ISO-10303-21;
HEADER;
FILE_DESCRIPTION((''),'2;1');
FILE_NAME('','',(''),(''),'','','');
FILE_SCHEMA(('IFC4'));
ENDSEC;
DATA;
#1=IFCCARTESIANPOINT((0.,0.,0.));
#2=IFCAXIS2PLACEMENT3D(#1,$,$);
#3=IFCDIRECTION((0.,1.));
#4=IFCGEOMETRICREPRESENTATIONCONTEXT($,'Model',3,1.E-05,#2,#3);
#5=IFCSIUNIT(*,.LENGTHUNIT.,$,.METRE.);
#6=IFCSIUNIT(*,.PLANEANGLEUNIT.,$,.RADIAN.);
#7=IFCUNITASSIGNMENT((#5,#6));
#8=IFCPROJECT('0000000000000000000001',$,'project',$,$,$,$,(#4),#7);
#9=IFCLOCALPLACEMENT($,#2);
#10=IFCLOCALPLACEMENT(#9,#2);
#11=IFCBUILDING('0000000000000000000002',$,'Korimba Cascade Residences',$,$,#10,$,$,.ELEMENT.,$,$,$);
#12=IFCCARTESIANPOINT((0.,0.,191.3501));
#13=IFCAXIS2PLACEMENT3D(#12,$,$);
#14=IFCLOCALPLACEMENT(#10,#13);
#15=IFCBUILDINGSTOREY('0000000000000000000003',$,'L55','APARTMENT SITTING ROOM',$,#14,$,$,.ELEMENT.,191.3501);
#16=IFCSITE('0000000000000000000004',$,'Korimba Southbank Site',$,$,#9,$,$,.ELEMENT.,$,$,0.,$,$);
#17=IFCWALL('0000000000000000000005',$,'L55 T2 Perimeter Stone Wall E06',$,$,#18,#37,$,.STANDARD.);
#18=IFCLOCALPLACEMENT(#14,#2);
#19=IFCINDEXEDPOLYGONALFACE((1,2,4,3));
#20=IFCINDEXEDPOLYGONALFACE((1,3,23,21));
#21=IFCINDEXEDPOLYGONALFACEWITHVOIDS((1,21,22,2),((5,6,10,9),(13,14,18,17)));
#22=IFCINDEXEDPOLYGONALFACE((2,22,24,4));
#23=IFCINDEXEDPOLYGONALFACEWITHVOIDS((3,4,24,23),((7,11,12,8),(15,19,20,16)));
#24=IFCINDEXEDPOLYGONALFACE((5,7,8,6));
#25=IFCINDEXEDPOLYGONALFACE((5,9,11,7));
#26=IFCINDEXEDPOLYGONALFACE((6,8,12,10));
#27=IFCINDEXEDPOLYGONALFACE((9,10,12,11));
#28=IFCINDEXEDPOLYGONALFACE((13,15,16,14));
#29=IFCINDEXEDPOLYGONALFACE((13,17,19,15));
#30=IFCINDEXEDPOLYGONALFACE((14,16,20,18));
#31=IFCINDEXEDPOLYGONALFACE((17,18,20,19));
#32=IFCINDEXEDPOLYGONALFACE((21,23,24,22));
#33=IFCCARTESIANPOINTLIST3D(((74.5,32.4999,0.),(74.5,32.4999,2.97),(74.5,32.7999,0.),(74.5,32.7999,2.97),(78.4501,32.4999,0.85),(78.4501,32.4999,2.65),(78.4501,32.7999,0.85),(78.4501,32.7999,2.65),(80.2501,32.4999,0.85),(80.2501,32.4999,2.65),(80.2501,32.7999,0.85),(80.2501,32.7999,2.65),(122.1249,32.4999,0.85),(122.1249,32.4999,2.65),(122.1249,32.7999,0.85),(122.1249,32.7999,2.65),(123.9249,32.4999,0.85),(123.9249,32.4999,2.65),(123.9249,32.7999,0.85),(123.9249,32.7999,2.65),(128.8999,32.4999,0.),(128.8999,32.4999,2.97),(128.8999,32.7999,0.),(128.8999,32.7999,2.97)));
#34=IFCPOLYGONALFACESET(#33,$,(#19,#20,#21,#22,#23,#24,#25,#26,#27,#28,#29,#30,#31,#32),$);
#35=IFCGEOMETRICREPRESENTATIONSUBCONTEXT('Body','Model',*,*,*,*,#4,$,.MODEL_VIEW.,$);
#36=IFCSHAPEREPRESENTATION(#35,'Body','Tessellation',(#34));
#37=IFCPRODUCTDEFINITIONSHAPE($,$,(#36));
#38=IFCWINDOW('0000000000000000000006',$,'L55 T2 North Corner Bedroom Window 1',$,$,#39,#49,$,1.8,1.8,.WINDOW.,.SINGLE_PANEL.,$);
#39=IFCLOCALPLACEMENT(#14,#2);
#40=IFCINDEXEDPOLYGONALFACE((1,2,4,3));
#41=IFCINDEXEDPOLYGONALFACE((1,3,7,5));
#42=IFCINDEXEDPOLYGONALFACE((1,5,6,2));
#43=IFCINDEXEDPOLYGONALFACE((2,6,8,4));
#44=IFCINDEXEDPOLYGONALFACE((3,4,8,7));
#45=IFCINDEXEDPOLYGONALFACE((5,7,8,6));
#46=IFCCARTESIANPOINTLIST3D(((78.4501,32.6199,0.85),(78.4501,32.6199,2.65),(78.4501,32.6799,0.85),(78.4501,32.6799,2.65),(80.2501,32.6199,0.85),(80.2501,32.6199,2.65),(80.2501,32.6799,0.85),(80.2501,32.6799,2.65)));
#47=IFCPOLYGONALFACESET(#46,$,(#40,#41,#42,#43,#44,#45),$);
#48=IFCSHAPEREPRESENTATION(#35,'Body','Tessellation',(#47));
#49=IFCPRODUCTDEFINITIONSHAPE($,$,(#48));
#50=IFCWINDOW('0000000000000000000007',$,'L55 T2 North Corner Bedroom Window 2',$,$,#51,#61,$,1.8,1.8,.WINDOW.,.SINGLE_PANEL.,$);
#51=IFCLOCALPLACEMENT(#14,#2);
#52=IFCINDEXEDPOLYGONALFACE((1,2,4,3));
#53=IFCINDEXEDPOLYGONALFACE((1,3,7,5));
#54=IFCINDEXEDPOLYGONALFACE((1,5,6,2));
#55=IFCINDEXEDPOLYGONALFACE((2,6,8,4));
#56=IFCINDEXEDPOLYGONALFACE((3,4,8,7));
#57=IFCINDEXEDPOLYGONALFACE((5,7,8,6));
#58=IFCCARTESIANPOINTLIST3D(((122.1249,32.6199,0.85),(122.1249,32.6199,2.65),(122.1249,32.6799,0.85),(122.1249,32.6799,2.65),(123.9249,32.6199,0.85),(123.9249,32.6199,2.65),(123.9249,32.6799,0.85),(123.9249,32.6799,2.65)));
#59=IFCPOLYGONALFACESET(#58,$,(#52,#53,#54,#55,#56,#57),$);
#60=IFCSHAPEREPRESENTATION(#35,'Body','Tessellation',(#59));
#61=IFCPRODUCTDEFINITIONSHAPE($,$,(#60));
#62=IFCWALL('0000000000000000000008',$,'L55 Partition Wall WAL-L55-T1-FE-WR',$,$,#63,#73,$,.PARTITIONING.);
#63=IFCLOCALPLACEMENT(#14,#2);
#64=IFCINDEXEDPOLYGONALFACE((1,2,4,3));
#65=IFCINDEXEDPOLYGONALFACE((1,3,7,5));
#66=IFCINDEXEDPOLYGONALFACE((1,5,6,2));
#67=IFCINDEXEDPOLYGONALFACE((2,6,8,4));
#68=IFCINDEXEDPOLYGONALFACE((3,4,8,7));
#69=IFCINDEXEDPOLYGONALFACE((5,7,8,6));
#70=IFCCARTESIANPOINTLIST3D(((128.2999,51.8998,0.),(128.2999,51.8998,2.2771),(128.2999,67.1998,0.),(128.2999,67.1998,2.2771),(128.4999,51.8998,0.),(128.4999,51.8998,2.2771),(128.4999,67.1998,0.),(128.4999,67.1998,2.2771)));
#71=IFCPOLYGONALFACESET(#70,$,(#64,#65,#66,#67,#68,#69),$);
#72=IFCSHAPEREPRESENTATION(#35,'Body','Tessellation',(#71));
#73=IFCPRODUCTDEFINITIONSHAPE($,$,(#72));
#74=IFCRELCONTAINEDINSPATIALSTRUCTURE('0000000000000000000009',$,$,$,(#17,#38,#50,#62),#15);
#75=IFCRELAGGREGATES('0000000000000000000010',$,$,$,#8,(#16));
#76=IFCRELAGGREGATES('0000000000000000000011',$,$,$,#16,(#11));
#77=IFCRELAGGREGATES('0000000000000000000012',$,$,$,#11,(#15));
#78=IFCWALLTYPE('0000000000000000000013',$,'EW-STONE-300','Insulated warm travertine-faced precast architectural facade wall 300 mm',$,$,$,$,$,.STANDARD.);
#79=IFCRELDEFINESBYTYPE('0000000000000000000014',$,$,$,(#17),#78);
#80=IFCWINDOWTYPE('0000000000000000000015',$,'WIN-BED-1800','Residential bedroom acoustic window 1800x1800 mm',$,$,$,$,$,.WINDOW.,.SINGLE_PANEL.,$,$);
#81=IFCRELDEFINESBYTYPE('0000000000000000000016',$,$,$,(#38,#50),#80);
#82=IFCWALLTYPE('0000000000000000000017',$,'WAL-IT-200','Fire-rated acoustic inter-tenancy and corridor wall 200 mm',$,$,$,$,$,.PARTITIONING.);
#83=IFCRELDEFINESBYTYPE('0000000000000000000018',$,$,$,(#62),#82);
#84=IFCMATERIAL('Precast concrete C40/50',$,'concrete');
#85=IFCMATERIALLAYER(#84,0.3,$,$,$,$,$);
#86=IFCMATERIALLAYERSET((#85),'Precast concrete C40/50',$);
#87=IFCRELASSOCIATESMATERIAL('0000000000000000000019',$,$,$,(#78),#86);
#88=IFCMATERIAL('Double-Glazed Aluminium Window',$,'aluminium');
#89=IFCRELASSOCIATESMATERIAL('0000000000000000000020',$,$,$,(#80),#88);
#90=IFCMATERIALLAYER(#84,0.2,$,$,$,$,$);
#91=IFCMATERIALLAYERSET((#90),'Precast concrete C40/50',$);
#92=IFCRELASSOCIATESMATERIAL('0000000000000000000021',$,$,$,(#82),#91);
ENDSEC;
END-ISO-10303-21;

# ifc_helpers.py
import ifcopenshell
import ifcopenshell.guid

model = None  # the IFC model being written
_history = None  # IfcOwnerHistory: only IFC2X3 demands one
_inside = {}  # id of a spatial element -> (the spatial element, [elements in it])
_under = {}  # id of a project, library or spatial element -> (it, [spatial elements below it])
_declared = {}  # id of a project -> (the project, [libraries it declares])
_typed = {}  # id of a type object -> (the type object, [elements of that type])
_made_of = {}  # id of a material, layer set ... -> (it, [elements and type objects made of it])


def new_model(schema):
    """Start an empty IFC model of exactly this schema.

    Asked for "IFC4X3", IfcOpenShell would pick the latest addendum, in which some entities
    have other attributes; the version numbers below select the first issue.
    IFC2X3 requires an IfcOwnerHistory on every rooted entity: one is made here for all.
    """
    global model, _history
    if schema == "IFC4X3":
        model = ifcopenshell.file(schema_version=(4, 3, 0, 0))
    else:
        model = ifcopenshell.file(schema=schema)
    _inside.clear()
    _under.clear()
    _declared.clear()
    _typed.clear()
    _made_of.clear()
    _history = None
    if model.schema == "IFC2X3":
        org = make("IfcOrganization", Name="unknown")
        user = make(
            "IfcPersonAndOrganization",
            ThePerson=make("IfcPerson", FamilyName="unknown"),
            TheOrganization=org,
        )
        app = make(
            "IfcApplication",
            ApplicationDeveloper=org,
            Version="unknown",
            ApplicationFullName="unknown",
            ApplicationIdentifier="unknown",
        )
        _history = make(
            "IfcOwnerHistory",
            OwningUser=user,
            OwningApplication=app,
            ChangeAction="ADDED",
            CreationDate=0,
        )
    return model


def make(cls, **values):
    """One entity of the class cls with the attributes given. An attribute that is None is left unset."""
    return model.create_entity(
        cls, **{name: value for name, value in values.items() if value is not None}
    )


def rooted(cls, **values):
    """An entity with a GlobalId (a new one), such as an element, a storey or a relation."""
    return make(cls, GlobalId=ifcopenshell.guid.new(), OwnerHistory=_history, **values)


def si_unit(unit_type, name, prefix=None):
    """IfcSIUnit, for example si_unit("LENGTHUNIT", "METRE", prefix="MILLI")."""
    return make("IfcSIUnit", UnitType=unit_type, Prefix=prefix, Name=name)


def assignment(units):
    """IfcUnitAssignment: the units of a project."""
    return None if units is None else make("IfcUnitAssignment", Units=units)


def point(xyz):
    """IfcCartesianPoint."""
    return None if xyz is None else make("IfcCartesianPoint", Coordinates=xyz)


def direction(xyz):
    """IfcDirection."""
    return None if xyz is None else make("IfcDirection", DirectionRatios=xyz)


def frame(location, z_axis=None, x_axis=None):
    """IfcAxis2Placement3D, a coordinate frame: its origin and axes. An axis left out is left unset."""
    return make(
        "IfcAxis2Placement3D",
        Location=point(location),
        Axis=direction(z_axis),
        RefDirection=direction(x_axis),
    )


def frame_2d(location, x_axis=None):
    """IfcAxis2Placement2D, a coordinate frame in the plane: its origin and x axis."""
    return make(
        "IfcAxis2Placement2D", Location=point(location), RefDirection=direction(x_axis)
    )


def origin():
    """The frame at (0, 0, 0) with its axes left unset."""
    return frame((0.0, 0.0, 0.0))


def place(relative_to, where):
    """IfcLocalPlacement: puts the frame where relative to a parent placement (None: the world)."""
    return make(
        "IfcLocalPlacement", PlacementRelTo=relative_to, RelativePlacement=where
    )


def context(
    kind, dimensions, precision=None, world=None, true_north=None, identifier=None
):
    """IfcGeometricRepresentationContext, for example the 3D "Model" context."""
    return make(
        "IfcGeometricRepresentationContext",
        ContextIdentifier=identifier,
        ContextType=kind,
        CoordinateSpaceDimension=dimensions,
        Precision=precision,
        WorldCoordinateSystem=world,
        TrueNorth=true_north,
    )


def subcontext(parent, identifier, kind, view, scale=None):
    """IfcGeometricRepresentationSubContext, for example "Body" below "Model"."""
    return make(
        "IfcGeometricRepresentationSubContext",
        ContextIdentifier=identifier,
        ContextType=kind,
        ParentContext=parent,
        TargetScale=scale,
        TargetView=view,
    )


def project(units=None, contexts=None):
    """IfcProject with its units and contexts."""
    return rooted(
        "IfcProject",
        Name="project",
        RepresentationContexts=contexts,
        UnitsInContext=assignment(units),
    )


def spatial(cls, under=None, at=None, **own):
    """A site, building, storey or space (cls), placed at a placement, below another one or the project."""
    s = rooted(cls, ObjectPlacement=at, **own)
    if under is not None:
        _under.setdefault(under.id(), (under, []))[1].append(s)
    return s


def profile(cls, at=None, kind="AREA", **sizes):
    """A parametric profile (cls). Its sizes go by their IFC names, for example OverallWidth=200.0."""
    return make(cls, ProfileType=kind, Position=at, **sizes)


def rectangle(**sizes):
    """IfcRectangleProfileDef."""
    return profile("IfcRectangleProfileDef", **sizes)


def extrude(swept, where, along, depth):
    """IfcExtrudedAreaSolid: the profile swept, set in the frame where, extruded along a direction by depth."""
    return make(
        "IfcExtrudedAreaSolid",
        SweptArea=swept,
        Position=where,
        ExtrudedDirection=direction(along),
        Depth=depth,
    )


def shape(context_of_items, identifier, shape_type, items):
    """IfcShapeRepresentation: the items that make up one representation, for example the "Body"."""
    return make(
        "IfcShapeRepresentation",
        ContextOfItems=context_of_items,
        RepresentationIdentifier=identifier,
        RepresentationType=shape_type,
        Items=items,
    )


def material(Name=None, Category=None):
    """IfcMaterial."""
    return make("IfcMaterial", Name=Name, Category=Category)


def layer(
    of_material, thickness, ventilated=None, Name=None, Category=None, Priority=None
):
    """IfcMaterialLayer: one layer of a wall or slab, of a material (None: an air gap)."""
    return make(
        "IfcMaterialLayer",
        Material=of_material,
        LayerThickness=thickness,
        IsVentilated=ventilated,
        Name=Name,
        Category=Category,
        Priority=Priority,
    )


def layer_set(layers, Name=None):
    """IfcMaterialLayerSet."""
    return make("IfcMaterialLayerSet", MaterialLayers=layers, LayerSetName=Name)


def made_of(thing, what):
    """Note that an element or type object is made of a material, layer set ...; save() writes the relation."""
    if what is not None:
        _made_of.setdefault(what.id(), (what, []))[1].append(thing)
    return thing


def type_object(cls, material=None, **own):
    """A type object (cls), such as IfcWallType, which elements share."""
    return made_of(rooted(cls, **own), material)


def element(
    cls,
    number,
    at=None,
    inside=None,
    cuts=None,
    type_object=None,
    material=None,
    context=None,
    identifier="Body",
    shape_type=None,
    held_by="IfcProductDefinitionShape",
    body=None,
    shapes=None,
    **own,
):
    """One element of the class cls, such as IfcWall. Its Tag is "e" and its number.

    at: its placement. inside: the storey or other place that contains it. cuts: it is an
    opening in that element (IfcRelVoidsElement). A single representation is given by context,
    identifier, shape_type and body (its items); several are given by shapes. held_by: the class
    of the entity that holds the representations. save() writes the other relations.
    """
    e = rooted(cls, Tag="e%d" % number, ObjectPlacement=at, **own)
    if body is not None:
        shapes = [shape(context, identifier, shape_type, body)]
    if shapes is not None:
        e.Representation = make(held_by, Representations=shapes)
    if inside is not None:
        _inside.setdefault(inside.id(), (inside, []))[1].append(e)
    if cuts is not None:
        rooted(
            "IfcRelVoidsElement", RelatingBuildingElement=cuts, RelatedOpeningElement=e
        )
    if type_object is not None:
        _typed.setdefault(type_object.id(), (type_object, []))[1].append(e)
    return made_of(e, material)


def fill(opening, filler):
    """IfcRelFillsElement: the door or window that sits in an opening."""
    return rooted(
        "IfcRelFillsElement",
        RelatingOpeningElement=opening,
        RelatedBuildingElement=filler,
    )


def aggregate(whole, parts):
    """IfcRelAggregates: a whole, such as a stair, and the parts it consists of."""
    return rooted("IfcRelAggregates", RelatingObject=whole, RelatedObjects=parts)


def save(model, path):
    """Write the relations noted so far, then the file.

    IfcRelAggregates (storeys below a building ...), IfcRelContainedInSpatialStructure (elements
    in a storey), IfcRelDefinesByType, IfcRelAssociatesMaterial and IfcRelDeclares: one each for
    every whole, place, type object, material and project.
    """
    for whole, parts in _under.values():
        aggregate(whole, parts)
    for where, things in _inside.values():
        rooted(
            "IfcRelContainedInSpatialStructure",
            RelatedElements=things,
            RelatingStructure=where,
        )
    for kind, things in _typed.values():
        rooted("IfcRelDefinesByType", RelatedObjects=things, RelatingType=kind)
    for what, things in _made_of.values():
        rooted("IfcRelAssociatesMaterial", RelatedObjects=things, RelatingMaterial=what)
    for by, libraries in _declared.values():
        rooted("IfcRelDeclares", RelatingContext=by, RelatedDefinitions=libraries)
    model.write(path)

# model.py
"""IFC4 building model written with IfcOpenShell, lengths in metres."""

from ifc_helpers import new_model, si_unit, direction, frame, frame_2d, origin, place, context, subcontext, project, spatial, rectangle, extrude, material, layer, layer_set, type_object, element, fill, save


model = new_model("IFC4")

# Units and contexts
model_context = context("Model", 3, precision=1e-05, world=origin(), true_north=direction((0.0, 1.0)))
body_context = subcontext(model_context, "Body", "Model", "MODEL_VIEW")
ifc_project = project(units=[si_unit("LENGTHUNIT", "METRE"), si_unit("PLANEANGLEUNIT", "RADIAN")], contexts=[model_context])

# Site, building, storey
site_placement = place(None, origin())
site = spatial("IfcSite", under=ifc_project, at=site_placement, Name="Korimba Southbank Site", CompositionType="ELEMENT", RefElevation=0.0)
building_placement = place(site_placement, origin())
building = spatial("IfcBuilding", under=site, at=building_placement, Name="Korimba Cascade Residences", CompositionType="ELEMENT")
storey_placement = place(building_placement, frame((0.0, 0.0, 191.3501)))
storey = spatial("IfcBuildingStorey", under=building, at=storey_placement, Name="L55", Description="APARTMENT SITTING ROOM", CompositionType="ELEMENT", Elevation=191.3501)

# Shared definitions
ifc_material_1 = material(Name="Precast concrete C40/50", Category="concrete")
ifc_layer_1 = layer(ifc_material_1, 0.3)
ifc_layer_set_1 = layer_set([ifc_layer_1], Name="Precast concrete C40/50")
wall_type_1 = type_object("IfcWallType", Name="EW-STONE-300", Description="Insulated warm travertine-faced precast architectural facade wall 300 mm", PredefinedType="STANDARD", material=ifc_layer_set_1)

# Wall, openings, windows
ifc_material_2 = material(Name="Double-Glazed Aluminium Window", Category="aluminium")
wall_1_placement = place(storey_placement, frame((128.8999, 32.6499, 0.0), z_axis=(0.0, 0.0, 1.0), x_axis=(-1.0, 0.0, 0.0)))
wall_1 = element("IfcWall", 1, at=wall_1_placement, inside=storey, type_object=wall_type_1, Name="L55 T2 Perimeter Stone Wall E06", PredefinedType="STANDARD", context=body_context, shape_type="SweptSolid", body=[
    extrude(rectangle(XDim=54.3999, YDim=0.3, at=frame_2d((27.2, 0.0))), origin(), (0.0, 0.0, 1.0), 2.97),
])
opening_1_placement = place(wall_1_placement, frame((48.6499, 0.0, 0.8501)))
opening_1 = element("IfcOpeningElement", 2, at=opening_1_placement, cuts=wall_1, PredefinedType="OPENING", context=body_context, shape_type="SweptSolid", body=[
    extrude(rectangle(XDim=1.8, YDim=1.8, at=frame_2d((0.8999, 0.8999))), frame((0.0, 0.1602, 0.0), z_axis=(0.0, -1.0, 0.0), x_axis=(1.0, 0.0, 0.0)), (0.0, 0.0, 1.0), 0.3201),
])
opening_2_placement = place(wall_1_placement, frame((4.9751, 0.0, 0.8501)))
opening_2 = element("IfcOpeningElement", 3, at=opening_2_placement, cuts=wall_1, PredefinedType="OPENING", context=body_context, shape_type="SweptSolid", body=[
    extrude(rectangle(XDim=1.8, YDim=1.8, at=frame_2d((0.8999, 0.8999))), frame((0.0, 0.1602, 0.0), z_axis=(0.0, -1.0, 0.0), x_axis=(1.0, 0.0, 0.0)), (0.0, 0.0, 1.0), 0.3201),
])
window_type_1 = type_object("IfcWindowType", Name="WIN-BED-1800", Description="Residential bedroom acoustic window 1800x1800 mm", PartitioningType="SINGLE_PANEL", PredefinedType="WINDOW", material=ifc_material_2)
window_1_placement = place(opening_1_placement, origin())
window_1 = element("IfcWindow", 4, at=window_1_placement, inside=storey, type_object=window_type_1, Name="L55 T2 North Corner Bedroom Window 1", OverallHeight=1.8, OverallWidth=1.8, PartitioningType="SINGLE_PANEL", PredefinedType="WINDOW", context=body_context, shape_type="SweptSolid", body=[
    extrude(rectangle(XDim=1.8, YDim=1.8, at=frame_2d((0.8999, 0.8999))), frame((0.0, 0.03, 0.0), z_axis=(0.0, -1.0, 0.0), x_axis=(1.0, 0.0, 0.0)), (0.0, 0.0, 1.0), 0.0601),
])
fill(opening_1, window_1)
window_2_placement = place(opening_2_placement, origin())
window_2 = element("IfcWindow", 5, at=window_2_placement, inside=storey, type_object=window_type_1, Name="L55 T2 North Corner Bedroom Window 2", OverallHeight=1.8, OverallWidth=1.8, PartitioningType="SINGLE_PANEL", PredefinedType="WINDOW", context=body_context, shape_type="SweptSolid", body=[
    extrude(rectangle(XDim=1.8, YDim=1.8, at=frame_2d((0.8999, 0.8999))), frame((0.0, 0.03, 0.0), z_axis=(0.0, -1.0, 0.0), x_axis=(1.0, 0.0, 0.0)), (0.0, 0.0, 1.0), 0.0601),
])
fill(opening_2, window_2)

# Wall
ifc_layer_2 = layer(ifc_material_1, 0.2)
ifc_layer_set_2 = layer_set([ifc_layer_2], Name="Precast concrete C40/50")
wall_type_2 = type_object("IfcWallType", Name="WAL-IT-200", Description="Fire-rated acoustic inter-tenancy and corridor wall 200 mm", PredefinedType="PARTITIONING", material=ifc_layer_set_2)
wall_2_placement = place(storey_placement, frame((128.3999, 51.8999, 0.0), z_axis=(0.0, 0.0, 1.0), x_axis=(0.0, 1.0, 0.0)))
element("IfcWall", 6, at=wall_2_placement, inside=storey, type_object=wall_type_2, Name="L55 Partition Wall WAL-L55-T1-FE-WR", PredefinedType="PARTITIONING", context=body_context, shape_type="SweptSolid", body=[
    extrude(rectangle(XDim=15.3, YDim=0.2, at=frame_2d((7.6499, 0.0))), origin(), (0.0, 0.0, 1.0), 2.2771),
])

save(model, "model.ifc")
